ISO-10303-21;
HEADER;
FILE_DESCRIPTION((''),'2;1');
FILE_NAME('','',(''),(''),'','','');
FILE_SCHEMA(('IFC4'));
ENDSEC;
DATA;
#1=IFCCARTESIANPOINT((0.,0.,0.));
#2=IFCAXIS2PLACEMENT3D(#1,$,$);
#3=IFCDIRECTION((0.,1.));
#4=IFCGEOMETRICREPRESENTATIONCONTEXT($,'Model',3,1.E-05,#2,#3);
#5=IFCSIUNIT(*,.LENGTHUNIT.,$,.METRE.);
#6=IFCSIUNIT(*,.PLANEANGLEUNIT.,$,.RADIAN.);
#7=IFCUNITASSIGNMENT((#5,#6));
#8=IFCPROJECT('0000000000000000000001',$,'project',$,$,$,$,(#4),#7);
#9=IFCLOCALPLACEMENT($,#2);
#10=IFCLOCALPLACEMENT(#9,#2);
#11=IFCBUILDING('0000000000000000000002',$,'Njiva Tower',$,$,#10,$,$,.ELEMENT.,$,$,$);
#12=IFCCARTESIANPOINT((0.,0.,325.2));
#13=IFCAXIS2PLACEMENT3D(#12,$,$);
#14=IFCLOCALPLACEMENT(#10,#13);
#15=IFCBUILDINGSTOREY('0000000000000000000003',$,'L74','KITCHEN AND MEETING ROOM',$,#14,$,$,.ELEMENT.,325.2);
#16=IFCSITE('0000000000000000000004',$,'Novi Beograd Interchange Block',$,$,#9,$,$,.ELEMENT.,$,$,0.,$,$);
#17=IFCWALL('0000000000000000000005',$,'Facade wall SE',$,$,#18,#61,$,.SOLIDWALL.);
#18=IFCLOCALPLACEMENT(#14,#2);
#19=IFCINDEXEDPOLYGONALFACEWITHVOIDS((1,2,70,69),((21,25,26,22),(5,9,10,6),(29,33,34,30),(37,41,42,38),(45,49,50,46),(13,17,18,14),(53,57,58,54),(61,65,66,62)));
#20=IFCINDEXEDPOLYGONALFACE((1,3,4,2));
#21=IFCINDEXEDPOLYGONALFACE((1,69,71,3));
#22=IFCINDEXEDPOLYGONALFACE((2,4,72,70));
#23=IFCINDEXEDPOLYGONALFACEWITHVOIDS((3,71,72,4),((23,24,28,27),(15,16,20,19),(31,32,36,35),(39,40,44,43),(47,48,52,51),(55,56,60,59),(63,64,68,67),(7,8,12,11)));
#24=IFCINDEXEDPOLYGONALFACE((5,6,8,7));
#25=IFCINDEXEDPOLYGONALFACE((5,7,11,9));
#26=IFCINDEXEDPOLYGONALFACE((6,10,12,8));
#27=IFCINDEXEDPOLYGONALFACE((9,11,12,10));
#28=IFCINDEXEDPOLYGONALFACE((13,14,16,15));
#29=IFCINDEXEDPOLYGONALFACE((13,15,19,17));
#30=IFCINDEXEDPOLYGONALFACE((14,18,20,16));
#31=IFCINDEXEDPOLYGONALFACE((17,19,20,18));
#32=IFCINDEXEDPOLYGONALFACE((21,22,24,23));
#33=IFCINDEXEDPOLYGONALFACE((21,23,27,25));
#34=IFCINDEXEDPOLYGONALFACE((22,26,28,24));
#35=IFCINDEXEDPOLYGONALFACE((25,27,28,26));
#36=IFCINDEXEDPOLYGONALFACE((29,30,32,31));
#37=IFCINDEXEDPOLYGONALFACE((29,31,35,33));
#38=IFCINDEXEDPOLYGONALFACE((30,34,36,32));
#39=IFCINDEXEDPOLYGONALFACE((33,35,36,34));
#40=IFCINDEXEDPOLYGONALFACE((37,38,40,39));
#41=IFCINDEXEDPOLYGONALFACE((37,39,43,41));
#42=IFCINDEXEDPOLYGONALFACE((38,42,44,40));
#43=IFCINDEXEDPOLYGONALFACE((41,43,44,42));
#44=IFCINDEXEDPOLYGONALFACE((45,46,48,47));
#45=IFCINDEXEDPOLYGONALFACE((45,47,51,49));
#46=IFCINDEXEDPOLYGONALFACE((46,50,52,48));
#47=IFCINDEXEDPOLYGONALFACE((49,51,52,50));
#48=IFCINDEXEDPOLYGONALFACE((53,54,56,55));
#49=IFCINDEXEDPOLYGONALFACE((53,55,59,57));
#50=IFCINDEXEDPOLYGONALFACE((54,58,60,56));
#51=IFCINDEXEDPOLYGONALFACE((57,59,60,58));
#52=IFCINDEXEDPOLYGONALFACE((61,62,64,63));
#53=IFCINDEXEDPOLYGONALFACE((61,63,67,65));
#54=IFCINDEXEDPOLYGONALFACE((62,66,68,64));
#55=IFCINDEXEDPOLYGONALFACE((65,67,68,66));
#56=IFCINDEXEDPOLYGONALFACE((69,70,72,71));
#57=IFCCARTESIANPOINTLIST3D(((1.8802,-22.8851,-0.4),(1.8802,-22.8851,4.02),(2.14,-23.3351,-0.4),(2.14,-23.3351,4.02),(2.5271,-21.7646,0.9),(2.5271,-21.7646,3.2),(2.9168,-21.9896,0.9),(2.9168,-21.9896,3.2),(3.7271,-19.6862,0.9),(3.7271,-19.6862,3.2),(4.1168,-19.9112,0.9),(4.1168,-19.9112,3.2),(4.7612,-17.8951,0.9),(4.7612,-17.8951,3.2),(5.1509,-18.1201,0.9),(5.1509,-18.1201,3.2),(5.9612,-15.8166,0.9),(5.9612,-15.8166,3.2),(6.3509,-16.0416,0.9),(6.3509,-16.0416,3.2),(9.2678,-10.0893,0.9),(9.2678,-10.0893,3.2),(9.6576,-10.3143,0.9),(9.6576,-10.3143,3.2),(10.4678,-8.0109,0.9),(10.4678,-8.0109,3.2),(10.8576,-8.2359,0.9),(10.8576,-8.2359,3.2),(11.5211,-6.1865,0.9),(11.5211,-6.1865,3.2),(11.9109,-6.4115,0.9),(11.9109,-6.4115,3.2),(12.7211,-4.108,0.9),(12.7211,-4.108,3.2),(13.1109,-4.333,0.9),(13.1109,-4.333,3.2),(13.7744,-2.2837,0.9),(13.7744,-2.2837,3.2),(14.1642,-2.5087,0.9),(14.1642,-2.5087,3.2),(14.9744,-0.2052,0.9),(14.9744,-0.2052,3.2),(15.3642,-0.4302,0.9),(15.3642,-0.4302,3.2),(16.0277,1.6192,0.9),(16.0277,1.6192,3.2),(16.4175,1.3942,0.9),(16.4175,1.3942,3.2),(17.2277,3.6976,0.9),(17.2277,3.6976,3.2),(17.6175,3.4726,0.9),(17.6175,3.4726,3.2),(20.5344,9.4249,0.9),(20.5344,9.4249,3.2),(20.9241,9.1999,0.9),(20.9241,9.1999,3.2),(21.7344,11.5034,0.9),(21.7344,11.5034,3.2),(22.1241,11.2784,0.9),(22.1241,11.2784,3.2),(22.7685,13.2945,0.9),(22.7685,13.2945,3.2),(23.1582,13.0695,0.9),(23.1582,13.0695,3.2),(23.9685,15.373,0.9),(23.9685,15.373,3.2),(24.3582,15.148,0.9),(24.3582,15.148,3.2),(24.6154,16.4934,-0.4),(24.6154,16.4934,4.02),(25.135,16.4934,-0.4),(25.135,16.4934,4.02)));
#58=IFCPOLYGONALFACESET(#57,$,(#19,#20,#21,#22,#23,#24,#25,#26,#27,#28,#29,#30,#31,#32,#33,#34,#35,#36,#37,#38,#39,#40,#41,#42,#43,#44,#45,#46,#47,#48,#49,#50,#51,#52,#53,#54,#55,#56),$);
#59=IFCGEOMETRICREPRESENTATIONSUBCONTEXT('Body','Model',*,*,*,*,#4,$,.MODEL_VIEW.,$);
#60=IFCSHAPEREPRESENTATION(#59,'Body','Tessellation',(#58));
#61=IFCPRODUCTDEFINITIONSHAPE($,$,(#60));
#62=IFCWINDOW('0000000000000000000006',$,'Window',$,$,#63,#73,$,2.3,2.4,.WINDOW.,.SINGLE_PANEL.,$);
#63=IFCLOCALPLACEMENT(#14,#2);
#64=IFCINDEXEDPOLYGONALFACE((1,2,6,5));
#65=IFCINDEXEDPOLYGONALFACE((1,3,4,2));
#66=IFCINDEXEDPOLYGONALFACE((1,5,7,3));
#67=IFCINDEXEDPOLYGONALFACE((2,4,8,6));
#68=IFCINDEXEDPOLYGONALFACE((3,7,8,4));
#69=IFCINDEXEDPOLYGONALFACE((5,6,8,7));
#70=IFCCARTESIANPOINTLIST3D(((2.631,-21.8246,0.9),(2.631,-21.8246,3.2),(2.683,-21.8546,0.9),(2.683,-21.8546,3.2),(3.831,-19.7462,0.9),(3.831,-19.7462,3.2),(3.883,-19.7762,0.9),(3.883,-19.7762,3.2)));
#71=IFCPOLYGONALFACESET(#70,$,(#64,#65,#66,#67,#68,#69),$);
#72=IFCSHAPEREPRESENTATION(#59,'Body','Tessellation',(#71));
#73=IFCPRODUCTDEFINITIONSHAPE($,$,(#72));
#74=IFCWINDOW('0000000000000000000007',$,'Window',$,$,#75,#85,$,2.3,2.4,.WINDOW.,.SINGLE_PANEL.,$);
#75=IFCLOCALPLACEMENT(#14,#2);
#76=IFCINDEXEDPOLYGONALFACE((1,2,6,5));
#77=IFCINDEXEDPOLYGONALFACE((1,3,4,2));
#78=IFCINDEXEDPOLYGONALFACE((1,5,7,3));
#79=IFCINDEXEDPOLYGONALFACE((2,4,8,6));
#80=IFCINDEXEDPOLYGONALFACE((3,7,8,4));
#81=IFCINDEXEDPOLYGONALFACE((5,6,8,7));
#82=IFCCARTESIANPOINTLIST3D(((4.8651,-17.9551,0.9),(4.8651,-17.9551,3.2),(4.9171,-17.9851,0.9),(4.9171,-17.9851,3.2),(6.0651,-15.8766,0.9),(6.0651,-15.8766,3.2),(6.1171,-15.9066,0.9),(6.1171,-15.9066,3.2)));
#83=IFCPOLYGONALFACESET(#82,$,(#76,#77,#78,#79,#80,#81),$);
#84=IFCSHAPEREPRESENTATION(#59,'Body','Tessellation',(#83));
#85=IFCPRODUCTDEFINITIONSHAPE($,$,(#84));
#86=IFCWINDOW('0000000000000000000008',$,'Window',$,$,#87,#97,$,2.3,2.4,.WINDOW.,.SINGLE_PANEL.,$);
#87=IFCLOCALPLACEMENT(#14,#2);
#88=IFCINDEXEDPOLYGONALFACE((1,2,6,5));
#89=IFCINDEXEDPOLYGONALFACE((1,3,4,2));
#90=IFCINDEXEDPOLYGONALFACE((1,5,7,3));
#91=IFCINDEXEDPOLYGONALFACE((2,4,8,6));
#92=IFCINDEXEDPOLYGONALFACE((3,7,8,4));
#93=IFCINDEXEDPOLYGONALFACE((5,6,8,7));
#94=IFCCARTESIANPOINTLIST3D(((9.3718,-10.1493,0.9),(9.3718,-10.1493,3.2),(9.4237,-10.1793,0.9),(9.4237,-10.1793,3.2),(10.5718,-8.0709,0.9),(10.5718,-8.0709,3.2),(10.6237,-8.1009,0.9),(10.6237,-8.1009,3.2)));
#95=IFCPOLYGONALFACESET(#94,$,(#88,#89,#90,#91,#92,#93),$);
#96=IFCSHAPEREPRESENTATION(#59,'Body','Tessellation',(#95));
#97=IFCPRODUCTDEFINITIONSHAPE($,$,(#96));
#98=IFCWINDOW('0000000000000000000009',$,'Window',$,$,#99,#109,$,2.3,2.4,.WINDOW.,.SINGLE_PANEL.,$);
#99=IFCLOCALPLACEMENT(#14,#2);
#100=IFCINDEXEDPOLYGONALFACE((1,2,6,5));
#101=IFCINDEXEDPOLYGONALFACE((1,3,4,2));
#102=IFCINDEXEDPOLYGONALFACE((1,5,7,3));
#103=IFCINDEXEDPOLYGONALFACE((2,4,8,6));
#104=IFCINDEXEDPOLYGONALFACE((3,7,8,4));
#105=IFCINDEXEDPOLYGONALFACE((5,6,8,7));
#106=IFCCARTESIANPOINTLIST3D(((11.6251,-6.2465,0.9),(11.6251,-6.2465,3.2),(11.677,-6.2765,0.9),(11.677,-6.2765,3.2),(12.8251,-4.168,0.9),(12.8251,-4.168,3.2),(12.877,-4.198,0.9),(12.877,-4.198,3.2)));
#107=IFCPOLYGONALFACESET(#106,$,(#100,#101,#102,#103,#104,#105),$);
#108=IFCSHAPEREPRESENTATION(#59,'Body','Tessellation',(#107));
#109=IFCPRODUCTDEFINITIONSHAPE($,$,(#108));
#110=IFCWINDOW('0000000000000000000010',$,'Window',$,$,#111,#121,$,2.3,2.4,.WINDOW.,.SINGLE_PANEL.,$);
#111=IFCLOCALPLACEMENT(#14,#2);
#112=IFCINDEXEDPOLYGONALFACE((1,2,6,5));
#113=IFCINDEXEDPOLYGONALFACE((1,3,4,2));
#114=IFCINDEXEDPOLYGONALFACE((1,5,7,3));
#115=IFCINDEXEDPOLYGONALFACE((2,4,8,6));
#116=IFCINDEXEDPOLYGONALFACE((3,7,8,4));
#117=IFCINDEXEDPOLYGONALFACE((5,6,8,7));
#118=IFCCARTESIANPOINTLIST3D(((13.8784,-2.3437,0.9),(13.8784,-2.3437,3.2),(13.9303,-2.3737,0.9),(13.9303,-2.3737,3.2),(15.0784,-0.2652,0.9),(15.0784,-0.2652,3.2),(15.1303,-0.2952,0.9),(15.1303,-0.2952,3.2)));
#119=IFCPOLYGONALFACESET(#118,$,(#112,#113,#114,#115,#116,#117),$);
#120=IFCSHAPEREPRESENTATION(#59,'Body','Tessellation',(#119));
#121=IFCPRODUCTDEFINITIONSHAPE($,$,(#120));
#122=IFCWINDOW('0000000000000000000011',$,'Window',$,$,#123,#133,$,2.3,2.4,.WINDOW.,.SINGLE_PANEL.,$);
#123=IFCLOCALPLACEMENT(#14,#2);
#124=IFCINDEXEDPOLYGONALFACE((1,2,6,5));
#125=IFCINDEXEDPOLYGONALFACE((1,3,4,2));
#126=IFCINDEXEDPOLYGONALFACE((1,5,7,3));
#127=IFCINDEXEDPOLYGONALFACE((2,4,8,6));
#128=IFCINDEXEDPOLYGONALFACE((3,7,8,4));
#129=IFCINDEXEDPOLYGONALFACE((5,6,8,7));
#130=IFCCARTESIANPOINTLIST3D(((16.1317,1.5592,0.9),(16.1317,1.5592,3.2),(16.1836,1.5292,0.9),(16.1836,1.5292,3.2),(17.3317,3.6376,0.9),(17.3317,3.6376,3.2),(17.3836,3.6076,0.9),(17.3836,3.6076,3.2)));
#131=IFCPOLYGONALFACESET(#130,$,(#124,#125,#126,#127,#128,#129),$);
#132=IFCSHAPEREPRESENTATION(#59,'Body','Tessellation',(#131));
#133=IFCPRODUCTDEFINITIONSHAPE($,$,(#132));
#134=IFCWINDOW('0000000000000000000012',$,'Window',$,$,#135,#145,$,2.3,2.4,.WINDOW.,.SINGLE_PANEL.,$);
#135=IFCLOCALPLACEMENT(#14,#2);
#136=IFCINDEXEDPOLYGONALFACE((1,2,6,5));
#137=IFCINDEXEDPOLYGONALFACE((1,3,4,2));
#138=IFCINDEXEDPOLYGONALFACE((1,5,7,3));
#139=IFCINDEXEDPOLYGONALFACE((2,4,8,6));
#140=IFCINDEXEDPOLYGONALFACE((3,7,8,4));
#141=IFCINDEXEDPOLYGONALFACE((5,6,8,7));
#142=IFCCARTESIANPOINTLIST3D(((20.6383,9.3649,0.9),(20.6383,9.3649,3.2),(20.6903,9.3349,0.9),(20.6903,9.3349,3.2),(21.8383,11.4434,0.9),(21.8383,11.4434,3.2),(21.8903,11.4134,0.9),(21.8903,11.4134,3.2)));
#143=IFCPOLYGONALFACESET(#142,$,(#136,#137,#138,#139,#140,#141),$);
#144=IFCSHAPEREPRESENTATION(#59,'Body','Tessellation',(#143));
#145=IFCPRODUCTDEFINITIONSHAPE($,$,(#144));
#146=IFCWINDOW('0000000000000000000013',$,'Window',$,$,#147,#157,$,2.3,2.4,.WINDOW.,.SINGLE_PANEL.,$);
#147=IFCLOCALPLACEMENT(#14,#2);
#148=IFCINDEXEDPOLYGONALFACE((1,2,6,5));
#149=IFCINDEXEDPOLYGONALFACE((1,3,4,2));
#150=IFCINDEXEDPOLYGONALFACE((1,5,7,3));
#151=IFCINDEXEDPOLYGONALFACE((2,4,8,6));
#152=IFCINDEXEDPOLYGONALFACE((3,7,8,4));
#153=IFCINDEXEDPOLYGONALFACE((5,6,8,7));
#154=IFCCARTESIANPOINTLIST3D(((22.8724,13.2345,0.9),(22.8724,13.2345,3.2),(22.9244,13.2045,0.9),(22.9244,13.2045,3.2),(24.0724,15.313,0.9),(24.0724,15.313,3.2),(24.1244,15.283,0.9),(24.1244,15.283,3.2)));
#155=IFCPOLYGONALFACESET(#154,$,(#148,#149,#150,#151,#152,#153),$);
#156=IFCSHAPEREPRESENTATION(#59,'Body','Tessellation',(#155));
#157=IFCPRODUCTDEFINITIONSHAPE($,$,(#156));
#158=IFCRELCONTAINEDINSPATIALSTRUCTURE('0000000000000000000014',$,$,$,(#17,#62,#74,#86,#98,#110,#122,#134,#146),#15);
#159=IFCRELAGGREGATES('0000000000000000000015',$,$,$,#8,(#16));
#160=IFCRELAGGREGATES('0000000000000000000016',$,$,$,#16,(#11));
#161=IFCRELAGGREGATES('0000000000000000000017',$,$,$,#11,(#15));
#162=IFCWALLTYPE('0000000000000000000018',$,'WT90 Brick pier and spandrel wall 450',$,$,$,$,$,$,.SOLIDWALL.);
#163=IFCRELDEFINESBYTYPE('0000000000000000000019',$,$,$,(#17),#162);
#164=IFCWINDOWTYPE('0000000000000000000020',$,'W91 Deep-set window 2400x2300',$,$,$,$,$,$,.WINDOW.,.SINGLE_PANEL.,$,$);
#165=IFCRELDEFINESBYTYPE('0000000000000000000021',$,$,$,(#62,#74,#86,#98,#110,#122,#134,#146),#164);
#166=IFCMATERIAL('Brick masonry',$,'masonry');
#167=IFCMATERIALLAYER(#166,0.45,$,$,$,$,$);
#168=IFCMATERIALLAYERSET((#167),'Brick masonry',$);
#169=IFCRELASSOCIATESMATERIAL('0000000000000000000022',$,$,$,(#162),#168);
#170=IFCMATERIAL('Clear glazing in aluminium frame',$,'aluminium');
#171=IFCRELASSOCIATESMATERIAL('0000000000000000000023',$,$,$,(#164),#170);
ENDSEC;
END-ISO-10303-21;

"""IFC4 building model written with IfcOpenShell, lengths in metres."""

from ifc_helpers import new_model, si_unit, direction, frame, frame_2d, origin, place, context, subcontext, project, spatial, polyline, rectangle, outline, extrude, material, layer, layer_set, type_object, element, fill, save


model = new_model("IFC4")

# Units and contexts
model_context = context("Model", 3, precision=1e-05, world=origin(), true_north=direction((0.0, 1.0)))
body_context = subcontext(model_context, "Body", "Model", "MODEL_VIEW")
ifc_project = project(units=[si_unit("LENGTHUNIT", "METRE"), si_unit("PLANEANGLEUNIT", "RADIAN")], contexts=[model_context])

# Site, building, storey
site_placement = place(None, origin())
site = spatial("IfcSite", under=ifc_project, at=site_placement, Name="Novi Beograd Interchange Block", CompositionType="ELEMENT", RefElevation=0.0)
building_placement = place(site_placement, origin())
building = spatial("IfcBuilding", under=site, at=building_placement, Name="Njiva Tower", CompositionType="ELEMENT")
storey_placement = place(building_placement, frame((0.0, 0.0, 325.2)))
storey = spatial("IfcBuildingStorey", under=building, at=storey_placement, Name="L74", Description="KITCHEN AND MEETING ROOM", CompositionType="ELEMENT", Elevation=325.2)

# Wall, openings, windows
ifc_material_1 = material(Name="Brick masonry", Category="masonry")
ifc_layer_1 = layer(ifc_material_1, 0.45)
ifc_layer_set_1 = layer_set([ifc_layer_1], Name="Brick masonry")
wall_type_1 = type_object("IfcWallType", Name="WT90 Brick pier and spandrel wall 450", PredefinedType="SOLIDWALL", material=ifc_layer_set_1)
wall_1_placement = place(storey_placement, frame((2.0101, -23.1101, -0.4), z_axis=(0.0, 0.0, 1.0), x_axis=(0.5, 0.866025, 0.0)))
wall_1 = element("IfcWall", 1, at=wall_1_placement, inside=storey, type_object=wall_type_1, Name="Facade wall SE", PredefinedType="SOLIDWALL", context=body_context, shape_type="SweptSolid", body=[
    extrude(outline(polyline([(-0.1299, -0.225), (45.8601, -0.225), (45.6003, 0.225), (0.1299, 0.225), (-0.1299, -0.225)])), origin(), (0.0, 0.0, 1.0), 4.42),
])
opening_1_placement = place(wall_1_placement, frame((1.4237, 0.0, 1.3)))
opening_1 = element("IfcOpeningElement", 2, at=opening_1_placement, cuts=wall_1, PredefinedType="OPENING", context=body_context, shape_type="SweptSolid", body=[
    extrude(rectangle(XDim=2.4, YDim=2.3, at=frame_2d((1.2, 1.15))), frame((0.0, 0.235, 0.0), z_axis=(0.0, -1.0, 0.0), x_axis=(1.0, 0.0, 0.0)), (0.0, 0.0, 1.0), 0.47),
])
opening_2_placement = place(wall_1_placement, frame((5.8919, 0.0, 1.3)))
opening_2 = element("IfcOpeningElement", 3, at=opening_2_placement, cuts=wall_1, PredefinedType="OPENING", context=body_context, shape_type="SweptSolid", body=[
    extrude(rectangle(XDim=2.4, YDim=2.3, at=frame_2d((1.2, 1.15))), frame((0.0, 0.235, 0.0), z_axis=(0.0, -1.0, 0.0), x_axis=(1.0, 0.0, 0.0)), (0.0, 0.0, 1.0), 0.47),
])
opening_3_placement = place(wall_1_placement, frame((14.9052, 0.0, 1.3)))
opening_3 = element("IfcOpeningElement", 4, at=opening_3_placement, cuts=wall_1, PredefinedType="OPENING", context=body_context, shape_type="SweptSolid", body=[
    extrude(rectangle(XDim=2.4, YDim=2.3, at=frame_2d((1.2, 1.15))), frame((0.0, 0.235, 0.0), z_axis=(0.0, -1.0, 0.0), x_axis=(1.0, 0.0, 0.0)), (0.0, 0.0, 1.0), 0.47),
])
opening_4_placement = place(wall_1_placement, frame((19.4118, 0.0, 1.3)))
opening_4 = element("IfcOpeningElement", 5, at=opening_4_placement, cuts=wall_1, PredefinedType="OPENING", context=body_context, shape_type="SweptSolid", body=[
    extrude(rectangle(XDim=2.4, YDim=2.3, at=frame_2d((1.2, 1.15))), frame((0.0, 0.235, 0.0), z_axis=(0.0, -1.0, 0.0), x_axis=(1.0, 0.0, 0.0)), (0.0, 0.0, 1.0), 0.47),
])
opening_5_placement = place(wall_1_placement, frame((23.9184, 0.0, 1.3)))
opening_5 = element("IfcOpeningElement", 6, at=opening_5_placement, cuts=wall_1, PredefinedType="OPENING", context=body_context, shape_type="SweptSolid", body=[
    extrude(rectangle(XDim=2.4, YDim=2.3, at=frame_2d((1.2, 1.15))), frame((0.0, 0.235, 0.0), z_axis=(0.0, -1.0, 0.0), x_axis=(1.0, 0.0, 0.0)), (0.0, 0.0, 1.0), 0.47),
])
opening_6_placement = place(wall_1_placement, frame((28.425, 0.0, 1.3)))
opening_6 = element("IfcOpeningElement", 7, at=opening_6_placement, cuts=wall_1, PredefinedType="OPENING", context=body_context, shape_type="SweptSolid", body=[
    extrude(rectangle(XDim=2.4, YDim=2.3, at=frame_2d((1.2, 1.15))), frame((0.0, 0.235, 0.0), z_axis=(0.0, -1.0, 0.0), x_axis=(1.0, 0.0, 0.0)), (0.0, 0.0, 1.0), 0.47),
])
opening_7_placement = place(wall_1_placement, frame((37.4383, 0.0, 1.3)))
opening_7 = element("IfcOpeningElement", 8, at=opening_7_placement, cuts=wall_1, PredefinedType="OPENING", context=body_context, shape_type="SweptSolid", body=[
    extrude(rectangle(XDim=2.4, YDim=2.3, at=frame_2d((1.2, 1.15))), frame((0.0, 0.235, 0.0), z_axis=(0.0, -1.0, 0.0), x_axis=(1.0, 0.0, 0.0)), (0.0, 0.0, 1.0), 0.47),
])
opening_8_placement = place(wall_1_placement, frame((41.9065, 0.0, 1.3)))
opening_8 = element("IfcOpeningElement", 9, at=opening_8_placement, cuts=wall_1, PredefinedType="OPENING", context=body_context, shape_type="SweptSolid", body=[
    extrude(rectangle(XDim=2.4, YDim=2.3, at=frame_2d((1.2, 1.15))), frame((0.0, 0.235, 0.0), z_axis=(0.0, -1.0, 0.0), x_axis=(1.0, 0.0, 0.0)), (0.0, 0.0, 1.0), 0.47),
])
ifc_material_2 = material(Name="Clear glazing in aluminium frame", Category="aluminium")
window_type = type_object("IfcWindowType", Name="W91 Deep-set window 2400x2300", PartitioningType="SINGLE_PANEL", PredefinedType="WINDOW", material=ifc_material_2)
window_1_placement = place(opening_1_placement, origin())
window_1 = element("IfcWindow", 10, at=window_1_placement, inside=storey, type_object=window_type, Name="Window", OverallHeight=2.3, OverallWidth=2.4, PartitioningType="SINGLE_PANEL", PredefinedType="WINDOW", context=body_context, shape_type="SweptSolid", body=[
    extrude(rectangle(XDim=2.4, YDim=2.3, at=frame_2d((1.2, 1.15))), frame((0.0, 0.105, 0.0), z_axis=(0.0, -1.0, 0.0), x_axis=(1.0, 0.0, 0.0)), (0.0, 0.0, 1.0), 0.06),
])
fill(opening_1, window_1)
window_2_placement = place(opening_2_placement, origin())
window_2 = element("IfcWindow", 11, at=window_2_placement, inside=storey, type_object=window_type, Name="Window", OverallHeight=2.3, OverallWidth=2.4, PartitioningType="SINGLE_PANEL", PredefinedType="WINDOW", context=body_context, shape_type="SweptSolid", body=[
    extrude(rectangle(XDim=2.4, YDim=2.3, at=frame_2d((1.2, 1.15))), frame((0.0, 0.105, 0.0), z_axis=(0.0, -1.0, 0.0), x_axis=(1.0, 0.0, 0.0)), (0.0, 0.0, 1.0), 0.06),
])
fill(opening_2, window_2)
window_3_placement = place(opening_3_placement, origin())
window_3 = element("IfcWindow", 12, at=window_3_placement, inside=storey, type_object=window_type, Name="Window", OverallHeight=2.3, OverallWidth=2.4, PartitioningType="SINGLE_PANEL", PredefinedType="WINDOW", context=body_context, shape_type="SweptSolid", body=[
    extrude(rectangle(XDim=2.4, YDim=2.3, at=frame_2d((1.2, 1.15))), frame((0.0, 0.105, 0.0), z_axis=(0.0, -1.0, 0.0), x_axis=(1.0, 0.0, 0.0)), (0.0, 0.0, 1.0), 0.06),
])
fill(opening_3, window_3)
window_4_placement = place(opening_4_placement, origin())
window_4 = element("IfcWindow", 13, at=window_4_placement, inside=storey, type_object=window_type, Name="Window", OverallHeight=2.3, OverallWidth=2.4, PartitioningType="SINGLE_PANEL", PredefinedType="WINDOW", context=body_context, shape_type="SweptSolid", body=[
    extrude(rectangle(XDim=2.4, YDim=2.3, at=frame_2d((1.2, 1.15))), frame((0.0, 0.105, 0.0), z_axis=(0.0, -1.0, 0.0), x_axis=(1.0, 0.0, 0.0)), (0.0, 0.0, 1.0), 0.06),
])
fill(opening_4, window_4)
window_5_placement = place(opening_5_placement, origin())
window_5 = element("IfcWindow", 14, at=window_5_placement, inside=storey, type_object=window_type, Name="Window", OverallHeight=2.3, OverallWidth=2.4, PartitioningType="SINGLE_PANEL", PredefinedType="WINDOW", context=body_context, shape_type="SweptSolid", body=[
    extrude(rectangle(XDim=2.4, YDim=2.3, at=frame_2d((1.2, 1.15))), frame((0.0, 0.105, 0.0), z_axis=(0.0, -1.0, 0.0), x_axis=(1.0, 0.0, 0.0)), (0.0, 0.0, 1.0), 0.06),
])
fill(opening_5, window_5)
window_6_placement = place(opening_6_placement, origin())
window_6 = element("IfcWindow", 15, at=window_6_placement, inside=storey, type_object=window_type, Name="Window", OverallHeight=2.3, OverallWidth=2.4, PartitioningType="SINGLE_PANEL", PredefinedType="WINDOW", context=body_context, shape_type="SweptSolid", body=[
    extrude(rectangle(XDim=2.4, YDim=2.3, at=frame_2d((1.2, 1.15))), frame((0.0, 0.105, 0.0), z_axis=(0.0, -1.0, 0.0), x_axis=(1.0, 0.0, 0.0)), (0.0, 0.0, 1.0), 0.06),
])
fill(opening_6, window_6)
window_7_placement = place(opening_7_placement, origin())
window_7 = element("IfcWindow", 16, at=window_7_placement, inside=storey, type_object=window_type, Name="Window", OverallHeight=2.3, OverallWidth=2.4, PartitioningType="SINGLE_PANEL", PredefinedType="WINDOW", context=body_context, shape_type="SweptSolid", body=[
    extrude(rectangle(XDim=2.4, YDim=2.3, at=frame_2d((1.2, 1.15))), frame((0.0, 0.105, 0.0), z_axis=(0.0, -1.0, 0.0), x_axis=(1.0, 0.0, 0.0)), (0.0, 0.0, 1.0), 0.06),
])
fill(opening_7, window_7)
window_8_placement = place(opening_8_placement, origin())
window_8 = element("IfcWindow", 17, at=window_8_placement, inside=storey, type_object=window_type, Name="Window", OverallHeight=2.3, OverallWidth=2.4, PartitioningType="SINGLE_PANEL", PredefinedType="WINDOW", context=body_context, shape_type="SweptSolid", body=[
    extrude(rectangle(XDim=2.4, YDim=2.3, at=frame_2d((1.2, 1.15))), frame((0.0, 0.105, 0.0), z_axis=(0.0, -1.0, 0.0), x_axis=(1.0, 0.0, 0.0)), (0.0, 0.0, 1.0), 0.06),
])
fill(opening_8, window_8)

save(model, "model.ifc")
